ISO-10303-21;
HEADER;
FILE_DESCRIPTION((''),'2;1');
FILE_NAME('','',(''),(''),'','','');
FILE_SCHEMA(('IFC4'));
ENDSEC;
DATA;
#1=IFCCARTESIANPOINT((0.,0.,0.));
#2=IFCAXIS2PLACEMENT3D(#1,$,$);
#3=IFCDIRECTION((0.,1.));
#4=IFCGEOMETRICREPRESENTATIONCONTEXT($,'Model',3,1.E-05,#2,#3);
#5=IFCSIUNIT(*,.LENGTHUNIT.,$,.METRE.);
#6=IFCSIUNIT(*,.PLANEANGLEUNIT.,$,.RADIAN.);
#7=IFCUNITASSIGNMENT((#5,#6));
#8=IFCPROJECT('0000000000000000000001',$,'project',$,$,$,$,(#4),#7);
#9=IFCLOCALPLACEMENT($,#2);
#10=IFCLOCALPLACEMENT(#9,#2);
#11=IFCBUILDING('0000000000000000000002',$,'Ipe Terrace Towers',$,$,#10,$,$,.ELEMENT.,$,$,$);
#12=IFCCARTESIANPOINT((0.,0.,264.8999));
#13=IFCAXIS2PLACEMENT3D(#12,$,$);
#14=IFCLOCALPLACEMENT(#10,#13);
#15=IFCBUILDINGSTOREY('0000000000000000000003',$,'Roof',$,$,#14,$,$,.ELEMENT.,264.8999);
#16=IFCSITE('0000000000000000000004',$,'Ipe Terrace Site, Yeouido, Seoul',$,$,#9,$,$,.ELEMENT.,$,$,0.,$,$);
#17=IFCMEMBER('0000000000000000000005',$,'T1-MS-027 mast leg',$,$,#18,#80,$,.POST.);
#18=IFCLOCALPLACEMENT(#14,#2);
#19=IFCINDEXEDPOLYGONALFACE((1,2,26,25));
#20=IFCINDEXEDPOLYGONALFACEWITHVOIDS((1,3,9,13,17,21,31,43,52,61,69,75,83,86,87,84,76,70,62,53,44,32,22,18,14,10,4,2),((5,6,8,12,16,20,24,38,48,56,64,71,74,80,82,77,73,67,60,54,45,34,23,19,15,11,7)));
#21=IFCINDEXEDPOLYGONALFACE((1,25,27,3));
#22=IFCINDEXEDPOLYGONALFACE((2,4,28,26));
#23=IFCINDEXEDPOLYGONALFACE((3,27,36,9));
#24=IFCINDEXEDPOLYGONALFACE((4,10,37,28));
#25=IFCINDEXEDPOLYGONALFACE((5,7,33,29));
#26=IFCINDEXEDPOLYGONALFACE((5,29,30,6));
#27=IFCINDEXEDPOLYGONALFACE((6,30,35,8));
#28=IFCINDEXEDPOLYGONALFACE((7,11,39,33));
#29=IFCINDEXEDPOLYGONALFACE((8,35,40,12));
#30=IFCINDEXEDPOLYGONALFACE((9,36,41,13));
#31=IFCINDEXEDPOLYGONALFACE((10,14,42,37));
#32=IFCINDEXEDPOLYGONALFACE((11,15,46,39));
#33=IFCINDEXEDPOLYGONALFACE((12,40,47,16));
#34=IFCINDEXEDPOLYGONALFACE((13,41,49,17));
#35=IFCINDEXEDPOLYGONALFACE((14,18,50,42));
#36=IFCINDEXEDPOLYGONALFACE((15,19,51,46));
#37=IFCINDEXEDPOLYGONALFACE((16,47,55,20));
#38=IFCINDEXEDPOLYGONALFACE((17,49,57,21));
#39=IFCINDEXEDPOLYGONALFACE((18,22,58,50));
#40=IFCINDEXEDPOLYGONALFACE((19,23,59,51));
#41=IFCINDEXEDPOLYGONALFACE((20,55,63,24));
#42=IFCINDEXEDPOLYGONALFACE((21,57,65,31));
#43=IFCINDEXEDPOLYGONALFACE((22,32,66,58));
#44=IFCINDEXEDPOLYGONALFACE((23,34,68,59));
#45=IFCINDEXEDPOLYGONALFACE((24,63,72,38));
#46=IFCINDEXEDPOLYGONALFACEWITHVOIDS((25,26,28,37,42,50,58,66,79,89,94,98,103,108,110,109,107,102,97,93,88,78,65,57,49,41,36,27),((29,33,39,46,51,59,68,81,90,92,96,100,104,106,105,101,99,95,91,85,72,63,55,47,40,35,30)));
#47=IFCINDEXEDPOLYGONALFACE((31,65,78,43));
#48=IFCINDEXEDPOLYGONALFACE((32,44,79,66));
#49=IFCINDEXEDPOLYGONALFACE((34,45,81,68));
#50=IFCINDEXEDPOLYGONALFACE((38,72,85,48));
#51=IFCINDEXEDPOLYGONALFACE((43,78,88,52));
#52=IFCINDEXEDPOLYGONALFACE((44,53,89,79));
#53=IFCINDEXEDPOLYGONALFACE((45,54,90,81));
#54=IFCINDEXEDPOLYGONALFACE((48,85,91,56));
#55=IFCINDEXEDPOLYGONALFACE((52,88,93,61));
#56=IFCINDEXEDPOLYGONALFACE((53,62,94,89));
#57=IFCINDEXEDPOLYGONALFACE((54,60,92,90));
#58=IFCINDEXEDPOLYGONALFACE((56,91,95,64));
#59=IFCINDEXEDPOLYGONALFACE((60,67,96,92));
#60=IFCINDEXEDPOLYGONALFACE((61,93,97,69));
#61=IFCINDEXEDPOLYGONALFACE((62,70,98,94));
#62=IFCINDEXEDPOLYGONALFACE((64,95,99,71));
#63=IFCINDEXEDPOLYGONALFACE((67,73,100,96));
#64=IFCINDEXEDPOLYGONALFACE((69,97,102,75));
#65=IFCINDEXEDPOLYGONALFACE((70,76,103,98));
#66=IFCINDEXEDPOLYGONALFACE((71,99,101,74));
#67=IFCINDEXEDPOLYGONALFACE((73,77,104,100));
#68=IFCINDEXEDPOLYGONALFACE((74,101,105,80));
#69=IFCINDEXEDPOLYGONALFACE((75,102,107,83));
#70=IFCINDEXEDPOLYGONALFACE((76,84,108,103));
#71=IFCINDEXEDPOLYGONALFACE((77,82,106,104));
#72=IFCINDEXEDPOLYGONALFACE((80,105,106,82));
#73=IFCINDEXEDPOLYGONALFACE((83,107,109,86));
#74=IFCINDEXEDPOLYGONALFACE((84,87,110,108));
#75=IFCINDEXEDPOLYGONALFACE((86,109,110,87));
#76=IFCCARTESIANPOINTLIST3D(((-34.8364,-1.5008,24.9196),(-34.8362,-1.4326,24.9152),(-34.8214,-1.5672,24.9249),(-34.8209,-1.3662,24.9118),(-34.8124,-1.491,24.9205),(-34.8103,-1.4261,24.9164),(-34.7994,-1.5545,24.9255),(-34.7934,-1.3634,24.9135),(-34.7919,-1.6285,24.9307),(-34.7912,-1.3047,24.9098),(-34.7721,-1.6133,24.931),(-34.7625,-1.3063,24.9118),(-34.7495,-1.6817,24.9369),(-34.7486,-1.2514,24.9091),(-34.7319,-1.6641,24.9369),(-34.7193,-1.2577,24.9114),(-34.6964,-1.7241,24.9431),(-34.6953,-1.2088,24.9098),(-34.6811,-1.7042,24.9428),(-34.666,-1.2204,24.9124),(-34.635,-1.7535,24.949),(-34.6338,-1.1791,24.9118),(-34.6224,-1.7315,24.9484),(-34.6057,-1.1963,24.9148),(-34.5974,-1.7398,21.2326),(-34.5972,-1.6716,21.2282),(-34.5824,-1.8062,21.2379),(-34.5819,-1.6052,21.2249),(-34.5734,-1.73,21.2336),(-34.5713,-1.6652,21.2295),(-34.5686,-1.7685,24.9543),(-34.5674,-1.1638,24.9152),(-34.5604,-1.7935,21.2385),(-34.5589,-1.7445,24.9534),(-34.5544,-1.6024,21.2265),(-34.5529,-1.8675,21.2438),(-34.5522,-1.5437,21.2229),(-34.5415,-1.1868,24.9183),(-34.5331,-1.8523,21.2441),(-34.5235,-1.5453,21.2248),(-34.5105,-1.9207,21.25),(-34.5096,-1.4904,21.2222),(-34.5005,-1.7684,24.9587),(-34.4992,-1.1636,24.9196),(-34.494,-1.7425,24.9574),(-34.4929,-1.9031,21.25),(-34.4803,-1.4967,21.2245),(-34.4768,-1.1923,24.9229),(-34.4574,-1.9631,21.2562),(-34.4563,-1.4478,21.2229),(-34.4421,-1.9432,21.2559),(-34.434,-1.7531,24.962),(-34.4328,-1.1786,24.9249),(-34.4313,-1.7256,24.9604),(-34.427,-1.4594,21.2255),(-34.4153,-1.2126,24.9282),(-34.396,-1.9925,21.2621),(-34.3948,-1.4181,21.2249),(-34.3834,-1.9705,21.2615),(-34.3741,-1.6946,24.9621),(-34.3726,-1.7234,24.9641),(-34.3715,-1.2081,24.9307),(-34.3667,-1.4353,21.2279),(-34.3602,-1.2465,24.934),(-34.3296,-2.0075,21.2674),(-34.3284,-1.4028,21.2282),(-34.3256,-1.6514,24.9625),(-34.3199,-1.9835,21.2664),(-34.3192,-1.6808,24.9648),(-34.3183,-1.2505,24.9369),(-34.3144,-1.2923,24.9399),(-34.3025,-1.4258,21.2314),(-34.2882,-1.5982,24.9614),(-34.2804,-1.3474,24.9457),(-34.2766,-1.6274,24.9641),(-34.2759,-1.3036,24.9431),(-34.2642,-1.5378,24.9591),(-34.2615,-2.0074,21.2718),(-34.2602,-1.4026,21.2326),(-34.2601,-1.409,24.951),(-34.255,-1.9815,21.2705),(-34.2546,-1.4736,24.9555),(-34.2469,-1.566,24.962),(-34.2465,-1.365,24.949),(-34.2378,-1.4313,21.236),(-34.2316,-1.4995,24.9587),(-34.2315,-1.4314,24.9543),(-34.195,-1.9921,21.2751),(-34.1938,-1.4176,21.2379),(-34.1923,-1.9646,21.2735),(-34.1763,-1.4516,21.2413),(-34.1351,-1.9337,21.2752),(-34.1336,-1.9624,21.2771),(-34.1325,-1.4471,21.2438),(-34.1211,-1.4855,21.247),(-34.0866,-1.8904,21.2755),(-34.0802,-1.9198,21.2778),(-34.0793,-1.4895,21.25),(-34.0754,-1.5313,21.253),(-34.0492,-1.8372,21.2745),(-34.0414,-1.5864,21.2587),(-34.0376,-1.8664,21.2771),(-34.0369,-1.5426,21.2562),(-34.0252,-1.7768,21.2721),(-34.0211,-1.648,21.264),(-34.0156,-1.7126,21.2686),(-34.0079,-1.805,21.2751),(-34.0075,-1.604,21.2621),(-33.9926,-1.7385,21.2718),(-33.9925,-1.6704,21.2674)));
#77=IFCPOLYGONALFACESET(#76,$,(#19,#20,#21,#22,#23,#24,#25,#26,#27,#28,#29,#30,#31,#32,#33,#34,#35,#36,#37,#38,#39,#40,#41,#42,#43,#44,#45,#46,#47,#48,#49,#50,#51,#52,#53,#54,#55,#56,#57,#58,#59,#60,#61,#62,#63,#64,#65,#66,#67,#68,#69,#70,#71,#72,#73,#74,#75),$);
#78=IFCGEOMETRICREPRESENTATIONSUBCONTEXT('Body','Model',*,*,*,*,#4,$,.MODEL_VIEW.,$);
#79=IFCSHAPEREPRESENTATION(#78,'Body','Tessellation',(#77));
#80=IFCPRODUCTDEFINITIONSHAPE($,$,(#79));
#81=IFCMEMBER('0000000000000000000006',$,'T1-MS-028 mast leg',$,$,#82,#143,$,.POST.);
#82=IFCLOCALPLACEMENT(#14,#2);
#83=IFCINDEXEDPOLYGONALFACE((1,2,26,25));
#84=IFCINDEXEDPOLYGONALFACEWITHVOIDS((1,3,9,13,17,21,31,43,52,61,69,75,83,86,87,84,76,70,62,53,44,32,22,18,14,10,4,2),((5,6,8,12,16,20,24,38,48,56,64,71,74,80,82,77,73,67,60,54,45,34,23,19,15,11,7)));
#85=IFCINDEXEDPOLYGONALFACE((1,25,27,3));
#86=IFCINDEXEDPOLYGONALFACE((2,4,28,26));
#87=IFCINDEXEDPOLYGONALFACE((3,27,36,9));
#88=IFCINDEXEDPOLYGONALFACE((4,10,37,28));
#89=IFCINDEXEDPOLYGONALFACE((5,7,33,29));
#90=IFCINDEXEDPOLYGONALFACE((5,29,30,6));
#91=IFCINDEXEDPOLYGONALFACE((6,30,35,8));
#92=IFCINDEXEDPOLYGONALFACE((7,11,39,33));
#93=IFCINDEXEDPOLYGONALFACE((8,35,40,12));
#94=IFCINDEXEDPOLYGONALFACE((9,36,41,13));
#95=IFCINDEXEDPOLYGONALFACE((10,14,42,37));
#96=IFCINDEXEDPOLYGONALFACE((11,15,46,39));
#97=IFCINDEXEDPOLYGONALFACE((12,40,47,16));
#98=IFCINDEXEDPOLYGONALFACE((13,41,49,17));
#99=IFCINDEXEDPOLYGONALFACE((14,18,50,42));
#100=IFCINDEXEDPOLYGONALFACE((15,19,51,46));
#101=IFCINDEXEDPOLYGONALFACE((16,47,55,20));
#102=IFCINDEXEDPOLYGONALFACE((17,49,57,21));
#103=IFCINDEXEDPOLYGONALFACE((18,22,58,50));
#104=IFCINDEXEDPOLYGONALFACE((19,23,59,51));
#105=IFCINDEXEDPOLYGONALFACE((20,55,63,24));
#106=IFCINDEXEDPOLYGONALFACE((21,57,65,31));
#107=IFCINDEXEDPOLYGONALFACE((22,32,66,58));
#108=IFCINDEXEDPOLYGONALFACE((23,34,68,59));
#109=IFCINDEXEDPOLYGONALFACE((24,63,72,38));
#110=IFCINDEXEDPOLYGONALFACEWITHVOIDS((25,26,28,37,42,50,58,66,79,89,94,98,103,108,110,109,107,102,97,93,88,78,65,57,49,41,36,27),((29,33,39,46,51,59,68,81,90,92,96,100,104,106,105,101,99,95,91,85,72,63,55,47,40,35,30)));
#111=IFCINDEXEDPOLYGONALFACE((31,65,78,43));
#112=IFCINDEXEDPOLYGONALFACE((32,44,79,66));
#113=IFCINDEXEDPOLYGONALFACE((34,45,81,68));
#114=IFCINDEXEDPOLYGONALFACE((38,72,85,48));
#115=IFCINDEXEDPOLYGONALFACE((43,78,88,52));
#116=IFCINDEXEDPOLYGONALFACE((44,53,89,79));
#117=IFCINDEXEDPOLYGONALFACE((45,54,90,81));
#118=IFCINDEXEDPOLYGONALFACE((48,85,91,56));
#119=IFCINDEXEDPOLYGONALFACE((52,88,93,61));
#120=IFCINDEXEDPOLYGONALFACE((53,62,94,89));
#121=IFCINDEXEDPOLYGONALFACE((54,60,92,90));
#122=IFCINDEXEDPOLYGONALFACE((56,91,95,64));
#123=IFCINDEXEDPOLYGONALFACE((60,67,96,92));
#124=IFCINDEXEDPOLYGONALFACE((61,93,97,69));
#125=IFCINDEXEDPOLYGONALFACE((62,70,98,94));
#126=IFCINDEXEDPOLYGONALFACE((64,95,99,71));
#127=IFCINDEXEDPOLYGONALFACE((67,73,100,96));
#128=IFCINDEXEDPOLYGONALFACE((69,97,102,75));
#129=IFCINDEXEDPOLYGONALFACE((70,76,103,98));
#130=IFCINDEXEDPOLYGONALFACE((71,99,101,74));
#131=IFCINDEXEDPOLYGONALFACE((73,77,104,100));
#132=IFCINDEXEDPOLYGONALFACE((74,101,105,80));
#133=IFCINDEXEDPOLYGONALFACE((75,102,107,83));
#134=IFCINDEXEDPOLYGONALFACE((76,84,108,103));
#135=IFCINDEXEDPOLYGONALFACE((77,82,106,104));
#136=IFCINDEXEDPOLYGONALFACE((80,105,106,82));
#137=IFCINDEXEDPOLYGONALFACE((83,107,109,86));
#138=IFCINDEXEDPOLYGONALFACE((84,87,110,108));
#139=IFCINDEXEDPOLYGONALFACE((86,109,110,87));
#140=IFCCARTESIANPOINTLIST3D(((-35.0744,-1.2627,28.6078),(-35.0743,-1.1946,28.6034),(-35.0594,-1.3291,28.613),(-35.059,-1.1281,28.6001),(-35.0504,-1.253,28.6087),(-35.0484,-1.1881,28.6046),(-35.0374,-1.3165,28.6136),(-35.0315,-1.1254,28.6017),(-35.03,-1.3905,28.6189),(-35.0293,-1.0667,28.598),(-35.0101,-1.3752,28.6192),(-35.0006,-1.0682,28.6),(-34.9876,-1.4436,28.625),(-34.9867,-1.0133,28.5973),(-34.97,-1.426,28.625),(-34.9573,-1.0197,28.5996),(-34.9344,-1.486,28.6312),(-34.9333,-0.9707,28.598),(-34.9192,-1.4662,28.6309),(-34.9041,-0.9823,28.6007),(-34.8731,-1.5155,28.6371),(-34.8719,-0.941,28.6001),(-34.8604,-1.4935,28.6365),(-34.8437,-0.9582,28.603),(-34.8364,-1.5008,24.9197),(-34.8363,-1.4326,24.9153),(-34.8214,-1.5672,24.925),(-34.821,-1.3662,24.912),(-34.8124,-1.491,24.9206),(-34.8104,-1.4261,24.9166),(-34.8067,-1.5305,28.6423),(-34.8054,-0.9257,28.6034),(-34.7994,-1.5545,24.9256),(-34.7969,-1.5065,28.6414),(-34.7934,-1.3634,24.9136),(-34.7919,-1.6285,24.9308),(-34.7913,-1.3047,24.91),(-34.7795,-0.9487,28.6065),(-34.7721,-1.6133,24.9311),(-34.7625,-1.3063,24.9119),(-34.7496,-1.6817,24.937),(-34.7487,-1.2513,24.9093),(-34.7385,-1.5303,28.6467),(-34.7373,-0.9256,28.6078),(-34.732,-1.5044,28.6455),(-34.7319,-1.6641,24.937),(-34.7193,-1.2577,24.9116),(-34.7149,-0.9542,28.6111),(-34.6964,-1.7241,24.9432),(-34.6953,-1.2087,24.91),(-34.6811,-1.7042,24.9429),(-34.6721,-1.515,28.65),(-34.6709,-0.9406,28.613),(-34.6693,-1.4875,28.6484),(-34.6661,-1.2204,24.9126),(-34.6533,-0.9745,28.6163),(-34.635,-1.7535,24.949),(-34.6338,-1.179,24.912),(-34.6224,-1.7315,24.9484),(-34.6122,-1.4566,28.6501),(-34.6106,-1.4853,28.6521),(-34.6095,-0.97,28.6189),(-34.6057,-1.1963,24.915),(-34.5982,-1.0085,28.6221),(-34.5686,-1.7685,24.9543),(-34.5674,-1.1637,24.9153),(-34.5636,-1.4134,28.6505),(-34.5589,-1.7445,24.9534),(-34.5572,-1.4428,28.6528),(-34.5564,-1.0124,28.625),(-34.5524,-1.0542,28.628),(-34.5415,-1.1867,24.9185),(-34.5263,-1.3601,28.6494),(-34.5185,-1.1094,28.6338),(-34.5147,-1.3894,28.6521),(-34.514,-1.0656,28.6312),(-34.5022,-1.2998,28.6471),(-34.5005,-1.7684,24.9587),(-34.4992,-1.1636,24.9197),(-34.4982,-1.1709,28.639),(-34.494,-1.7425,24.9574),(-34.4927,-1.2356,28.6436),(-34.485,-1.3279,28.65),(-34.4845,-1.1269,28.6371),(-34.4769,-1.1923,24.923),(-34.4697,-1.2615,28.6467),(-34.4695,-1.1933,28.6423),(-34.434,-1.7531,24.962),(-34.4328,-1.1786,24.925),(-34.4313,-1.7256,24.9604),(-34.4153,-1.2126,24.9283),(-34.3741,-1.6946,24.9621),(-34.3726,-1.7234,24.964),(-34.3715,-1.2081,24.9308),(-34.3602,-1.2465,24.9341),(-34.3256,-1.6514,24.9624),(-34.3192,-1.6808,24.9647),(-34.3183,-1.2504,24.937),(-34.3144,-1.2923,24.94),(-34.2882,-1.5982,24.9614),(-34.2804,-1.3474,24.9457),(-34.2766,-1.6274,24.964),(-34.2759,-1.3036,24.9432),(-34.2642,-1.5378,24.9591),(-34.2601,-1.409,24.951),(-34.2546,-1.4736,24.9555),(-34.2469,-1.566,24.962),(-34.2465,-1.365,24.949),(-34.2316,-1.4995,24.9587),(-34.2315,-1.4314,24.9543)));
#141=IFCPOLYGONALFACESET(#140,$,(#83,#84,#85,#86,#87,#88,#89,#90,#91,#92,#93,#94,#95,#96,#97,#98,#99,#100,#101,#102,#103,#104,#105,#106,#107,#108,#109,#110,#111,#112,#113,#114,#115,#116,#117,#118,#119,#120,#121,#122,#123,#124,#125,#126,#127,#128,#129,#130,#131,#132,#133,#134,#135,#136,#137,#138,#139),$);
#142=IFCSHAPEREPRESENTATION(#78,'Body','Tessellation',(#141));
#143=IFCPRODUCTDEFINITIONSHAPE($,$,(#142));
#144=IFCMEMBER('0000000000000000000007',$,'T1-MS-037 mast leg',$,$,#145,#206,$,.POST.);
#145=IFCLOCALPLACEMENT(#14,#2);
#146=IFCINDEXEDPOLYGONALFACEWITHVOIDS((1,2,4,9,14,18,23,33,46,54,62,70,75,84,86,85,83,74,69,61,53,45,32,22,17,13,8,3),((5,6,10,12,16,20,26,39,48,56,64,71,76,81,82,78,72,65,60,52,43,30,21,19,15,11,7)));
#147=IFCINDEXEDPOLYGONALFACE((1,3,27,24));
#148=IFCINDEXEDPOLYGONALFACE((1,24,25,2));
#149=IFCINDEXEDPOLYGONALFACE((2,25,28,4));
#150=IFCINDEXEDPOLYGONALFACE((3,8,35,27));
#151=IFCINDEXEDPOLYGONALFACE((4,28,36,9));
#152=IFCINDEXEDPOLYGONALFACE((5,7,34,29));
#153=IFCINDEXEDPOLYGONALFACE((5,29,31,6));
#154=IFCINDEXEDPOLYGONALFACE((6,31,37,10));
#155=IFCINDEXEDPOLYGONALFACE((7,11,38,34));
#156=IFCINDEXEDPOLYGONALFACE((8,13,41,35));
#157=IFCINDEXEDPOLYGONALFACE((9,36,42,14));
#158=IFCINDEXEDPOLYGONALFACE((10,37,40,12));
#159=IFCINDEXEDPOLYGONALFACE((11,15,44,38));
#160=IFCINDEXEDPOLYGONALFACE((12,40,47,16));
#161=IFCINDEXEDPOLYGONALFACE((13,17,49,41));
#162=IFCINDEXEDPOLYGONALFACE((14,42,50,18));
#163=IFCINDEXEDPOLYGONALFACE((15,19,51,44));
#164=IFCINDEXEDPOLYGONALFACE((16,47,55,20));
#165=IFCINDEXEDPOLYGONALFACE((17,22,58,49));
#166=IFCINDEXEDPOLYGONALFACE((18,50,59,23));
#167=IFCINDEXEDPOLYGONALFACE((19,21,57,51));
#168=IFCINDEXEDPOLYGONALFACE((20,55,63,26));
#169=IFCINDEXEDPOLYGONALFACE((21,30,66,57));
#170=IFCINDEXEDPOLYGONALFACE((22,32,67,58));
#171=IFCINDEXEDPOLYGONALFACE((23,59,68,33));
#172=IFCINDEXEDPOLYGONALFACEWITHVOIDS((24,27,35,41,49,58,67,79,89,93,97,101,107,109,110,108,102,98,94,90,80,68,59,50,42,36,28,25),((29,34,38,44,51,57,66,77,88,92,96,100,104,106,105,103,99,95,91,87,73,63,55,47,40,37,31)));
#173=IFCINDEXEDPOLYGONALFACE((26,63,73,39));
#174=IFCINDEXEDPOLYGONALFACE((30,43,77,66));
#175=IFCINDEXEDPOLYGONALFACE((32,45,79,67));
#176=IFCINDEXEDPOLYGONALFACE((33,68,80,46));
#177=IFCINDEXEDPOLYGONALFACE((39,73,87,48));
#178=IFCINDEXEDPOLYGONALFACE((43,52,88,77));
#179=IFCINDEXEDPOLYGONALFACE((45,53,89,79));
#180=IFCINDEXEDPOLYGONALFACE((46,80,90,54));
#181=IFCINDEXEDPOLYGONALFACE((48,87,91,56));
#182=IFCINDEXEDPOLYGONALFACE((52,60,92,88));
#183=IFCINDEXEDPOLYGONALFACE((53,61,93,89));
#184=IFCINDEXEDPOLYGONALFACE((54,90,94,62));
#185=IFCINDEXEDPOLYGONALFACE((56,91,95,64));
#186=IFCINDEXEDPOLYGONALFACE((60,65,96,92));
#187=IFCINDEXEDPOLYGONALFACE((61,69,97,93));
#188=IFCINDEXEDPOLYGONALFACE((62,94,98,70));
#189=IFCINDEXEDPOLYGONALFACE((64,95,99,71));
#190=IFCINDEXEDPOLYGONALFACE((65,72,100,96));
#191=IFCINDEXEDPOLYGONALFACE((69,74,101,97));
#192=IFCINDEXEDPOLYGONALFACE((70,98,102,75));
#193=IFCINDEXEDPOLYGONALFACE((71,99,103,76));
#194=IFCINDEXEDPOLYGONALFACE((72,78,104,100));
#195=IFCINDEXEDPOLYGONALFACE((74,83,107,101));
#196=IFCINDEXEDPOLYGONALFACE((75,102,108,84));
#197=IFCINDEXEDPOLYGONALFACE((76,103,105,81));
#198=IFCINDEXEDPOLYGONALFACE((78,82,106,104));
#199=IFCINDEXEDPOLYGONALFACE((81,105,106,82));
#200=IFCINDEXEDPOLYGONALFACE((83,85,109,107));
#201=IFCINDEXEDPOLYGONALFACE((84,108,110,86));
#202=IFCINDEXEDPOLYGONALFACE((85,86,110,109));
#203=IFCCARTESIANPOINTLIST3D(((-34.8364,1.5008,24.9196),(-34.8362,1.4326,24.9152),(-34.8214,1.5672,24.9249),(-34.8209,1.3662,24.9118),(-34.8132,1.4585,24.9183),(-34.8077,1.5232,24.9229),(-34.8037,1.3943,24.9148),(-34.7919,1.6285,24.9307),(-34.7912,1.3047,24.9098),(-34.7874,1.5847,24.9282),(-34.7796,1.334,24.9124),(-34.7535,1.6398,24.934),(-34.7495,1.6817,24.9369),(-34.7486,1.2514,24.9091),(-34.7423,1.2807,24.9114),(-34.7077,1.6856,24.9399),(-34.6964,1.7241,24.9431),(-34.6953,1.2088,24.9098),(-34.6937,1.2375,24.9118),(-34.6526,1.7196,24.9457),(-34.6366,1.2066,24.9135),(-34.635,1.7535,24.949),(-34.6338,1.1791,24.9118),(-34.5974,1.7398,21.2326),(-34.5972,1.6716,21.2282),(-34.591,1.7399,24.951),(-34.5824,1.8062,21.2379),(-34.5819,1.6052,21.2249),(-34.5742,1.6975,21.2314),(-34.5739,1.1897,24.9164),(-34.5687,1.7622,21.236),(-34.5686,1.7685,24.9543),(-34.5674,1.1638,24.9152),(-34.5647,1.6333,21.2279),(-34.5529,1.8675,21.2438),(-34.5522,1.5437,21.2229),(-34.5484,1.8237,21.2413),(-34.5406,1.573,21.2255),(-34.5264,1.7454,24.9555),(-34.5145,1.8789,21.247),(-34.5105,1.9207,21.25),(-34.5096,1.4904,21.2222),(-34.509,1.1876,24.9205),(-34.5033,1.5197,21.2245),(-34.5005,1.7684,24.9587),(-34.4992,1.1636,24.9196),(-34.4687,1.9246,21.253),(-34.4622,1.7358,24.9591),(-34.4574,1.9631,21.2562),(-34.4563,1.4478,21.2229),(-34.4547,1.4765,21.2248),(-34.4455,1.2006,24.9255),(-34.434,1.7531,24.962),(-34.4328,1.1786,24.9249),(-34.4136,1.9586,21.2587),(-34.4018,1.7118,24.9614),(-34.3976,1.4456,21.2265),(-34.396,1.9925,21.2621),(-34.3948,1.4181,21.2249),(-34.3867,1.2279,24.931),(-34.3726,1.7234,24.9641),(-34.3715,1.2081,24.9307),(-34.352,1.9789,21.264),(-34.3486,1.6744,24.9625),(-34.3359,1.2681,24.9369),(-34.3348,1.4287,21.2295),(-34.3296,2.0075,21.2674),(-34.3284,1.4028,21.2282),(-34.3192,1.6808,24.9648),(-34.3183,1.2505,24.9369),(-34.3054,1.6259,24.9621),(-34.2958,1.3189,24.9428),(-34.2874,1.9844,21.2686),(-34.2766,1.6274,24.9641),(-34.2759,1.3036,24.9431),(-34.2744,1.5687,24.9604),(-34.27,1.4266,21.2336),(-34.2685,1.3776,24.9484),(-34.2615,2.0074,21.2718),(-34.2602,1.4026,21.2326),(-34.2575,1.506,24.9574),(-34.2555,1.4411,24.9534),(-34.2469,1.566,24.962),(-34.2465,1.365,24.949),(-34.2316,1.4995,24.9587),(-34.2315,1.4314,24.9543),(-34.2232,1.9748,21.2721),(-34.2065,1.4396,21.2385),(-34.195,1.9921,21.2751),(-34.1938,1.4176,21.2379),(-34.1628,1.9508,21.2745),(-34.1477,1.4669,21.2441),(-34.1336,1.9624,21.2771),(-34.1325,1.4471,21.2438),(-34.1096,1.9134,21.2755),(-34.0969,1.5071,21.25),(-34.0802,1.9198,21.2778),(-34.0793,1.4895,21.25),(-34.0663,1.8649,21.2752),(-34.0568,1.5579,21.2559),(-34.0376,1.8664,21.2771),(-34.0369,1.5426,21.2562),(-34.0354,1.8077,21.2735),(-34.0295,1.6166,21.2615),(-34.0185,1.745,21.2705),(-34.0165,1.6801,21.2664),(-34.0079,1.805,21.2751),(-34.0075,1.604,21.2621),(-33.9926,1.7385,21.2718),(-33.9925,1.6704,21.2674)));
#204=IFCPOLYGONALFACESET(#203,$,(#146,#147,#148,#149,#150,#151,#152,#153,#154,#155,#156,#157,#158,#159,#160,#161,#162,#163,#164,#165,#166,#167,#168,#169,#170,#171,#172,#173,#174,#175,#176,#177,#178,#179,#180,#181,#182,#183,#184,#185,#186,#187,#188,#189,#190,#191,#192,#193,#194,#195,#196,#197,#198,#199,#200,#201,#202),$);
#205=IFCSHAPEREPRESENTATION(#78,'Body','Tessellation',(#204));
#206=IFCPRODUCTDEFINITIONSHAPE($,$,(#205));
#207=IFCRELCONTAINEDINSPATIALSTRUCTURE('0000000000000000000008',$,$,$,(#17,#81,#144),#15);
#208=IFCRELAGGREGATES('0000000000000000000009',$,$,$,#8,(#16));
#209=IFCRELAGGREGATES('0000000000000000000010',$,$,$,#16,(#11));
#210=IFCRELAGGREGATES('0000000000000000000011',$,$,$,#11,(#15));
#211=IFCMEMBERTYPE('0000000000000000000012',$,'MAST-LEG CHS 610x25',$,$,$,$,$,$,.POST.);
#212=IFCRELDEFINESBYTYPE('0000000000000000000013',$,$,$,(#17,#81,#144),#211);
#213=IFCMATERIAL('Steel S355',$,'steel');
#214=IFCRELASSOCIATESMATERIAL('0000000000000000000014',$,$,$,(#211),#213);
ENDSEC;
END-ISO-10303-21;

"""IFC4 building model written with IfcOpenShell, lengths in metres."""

from ifc_helpers import new_model, si_unit, direction, frame, origin, origin_2d, place, context, subcontext, project, spatial, hollow_circle, extrude, material, material_profile, profile_set, type_object, element, save


model = new_model("IFC4")

# Units and contexts
model_context = context("Model", 3, precision=1e-05, world=origin(), true_north=direction((0.0, 1.0)))
body_context = subcontext(model_context, "Body", "Model", "MODEL_VIEW")
ifc_project = project(units=[si_unit("LENGTHUNIT", "METRE"), si_unit("PLANEANGLEUNIT", "RADIAN")], contexts=[model_context])

# Site, building, storey
site_placement = place(None, origin())
site = spatial("IfcSite", under=ifc_project, at=site_placement, Name="Ipe Terrace Site, Yeouido, Seoul", CompositionType="ELEMENT", RefElevation=0.0)
building_placement = place(site_placement, origin())
building = spatial("IfcBuilding", under=site, at=building_placement, Name="Ipe Terrace Towers", CompositionType="ELEMENT")
storey_placement = place(building_placement, frame((0.0, 0.0, 264.8999)))
storey = spatial("IfcBuildingStorey", under=building, at=storey_placement, Name="Roof", CompositionType="ELEMENT", Elevation=264.8999)

# Members
ifc_material_1 = material(Name="Steel S355", Category="steel")
ifc_material_profile_1 = material_profile(ifc_material_1, hollow_circle(Radius=0.3049, WallThickness=0.0249, at=origin_2d()), Name="MAST-LEG CHS 610x25")
ifc_profile_set_1 = profile_set([ifc_material_profile_1], Name="Steel S355")
member_type_1 = type_object("IfcMemberType", Name="MAST-LEG CHS 610x25", PredefinedType="POST", material=ifc_profile_set_1)
member_1_placement = place(storey_placement, frame((-34.2949, -1.7051, 21.25), z_axis=(-0.064555, 0.064555, 0.995824), x_axis=(-0.707107, -0.707107, 0.0)))
element("IfcMember", 1, at=member_1_placement, inside=storey, type_object=member_type_1, Name="T1-MS-027 mast leg", PredefinedType="POST", context=body_context, shape_type="SweptSolid", body=[
    extrude(hollow_circle(Radius=0.3049, WallThickness=0.0249, at=origin_2d()), origin(), (0.0, 0.0, 1.0), 3.7024),
])
member_2_placement = place(storey_placement, frame((-34.5339, -1.4661, 24.937), z_axis=(-0.064277, 0.064277, 0.99586), x_axis=(-0.707107, -0.707107, 0.0)))
element("IfcMember", 2, at=member_2_placement, inside=storey, type_object=member_type_1, Name="T1-MS-028 mast leg", PredefinedType="POST", context=body_context, shape_type="SweptSolid", body=[
    extrude(hollow_circle(Radius=0.3049, WallThickness=0.0249, at=origin_2d()), origin(), (0.0, 0.0, 1.0), 3.7034),
])
member_3_placement = place(storey_placement, frame((-34.2949, 1.7051, 21.25), z_axis=(-0.064555, -0.064555, 0.995824), x_axis=(0.707107, -0.707107, 0.0)))
element("IfcMember", 3, at=member_3_placement, inside=storey, type_object=member_type_1, Name="T1-MS-037 mast leg", PredefinedType="POST", context=body_context, shape_type="SweptSolid", body=[
    extrude(hollow_circle(Radius=0.3049, WallThickness=0.0249, at=origin_2d()), origin(), (0.0, 0.0, 1.0), 3.7024),
])

save(model, "model.ifc")
